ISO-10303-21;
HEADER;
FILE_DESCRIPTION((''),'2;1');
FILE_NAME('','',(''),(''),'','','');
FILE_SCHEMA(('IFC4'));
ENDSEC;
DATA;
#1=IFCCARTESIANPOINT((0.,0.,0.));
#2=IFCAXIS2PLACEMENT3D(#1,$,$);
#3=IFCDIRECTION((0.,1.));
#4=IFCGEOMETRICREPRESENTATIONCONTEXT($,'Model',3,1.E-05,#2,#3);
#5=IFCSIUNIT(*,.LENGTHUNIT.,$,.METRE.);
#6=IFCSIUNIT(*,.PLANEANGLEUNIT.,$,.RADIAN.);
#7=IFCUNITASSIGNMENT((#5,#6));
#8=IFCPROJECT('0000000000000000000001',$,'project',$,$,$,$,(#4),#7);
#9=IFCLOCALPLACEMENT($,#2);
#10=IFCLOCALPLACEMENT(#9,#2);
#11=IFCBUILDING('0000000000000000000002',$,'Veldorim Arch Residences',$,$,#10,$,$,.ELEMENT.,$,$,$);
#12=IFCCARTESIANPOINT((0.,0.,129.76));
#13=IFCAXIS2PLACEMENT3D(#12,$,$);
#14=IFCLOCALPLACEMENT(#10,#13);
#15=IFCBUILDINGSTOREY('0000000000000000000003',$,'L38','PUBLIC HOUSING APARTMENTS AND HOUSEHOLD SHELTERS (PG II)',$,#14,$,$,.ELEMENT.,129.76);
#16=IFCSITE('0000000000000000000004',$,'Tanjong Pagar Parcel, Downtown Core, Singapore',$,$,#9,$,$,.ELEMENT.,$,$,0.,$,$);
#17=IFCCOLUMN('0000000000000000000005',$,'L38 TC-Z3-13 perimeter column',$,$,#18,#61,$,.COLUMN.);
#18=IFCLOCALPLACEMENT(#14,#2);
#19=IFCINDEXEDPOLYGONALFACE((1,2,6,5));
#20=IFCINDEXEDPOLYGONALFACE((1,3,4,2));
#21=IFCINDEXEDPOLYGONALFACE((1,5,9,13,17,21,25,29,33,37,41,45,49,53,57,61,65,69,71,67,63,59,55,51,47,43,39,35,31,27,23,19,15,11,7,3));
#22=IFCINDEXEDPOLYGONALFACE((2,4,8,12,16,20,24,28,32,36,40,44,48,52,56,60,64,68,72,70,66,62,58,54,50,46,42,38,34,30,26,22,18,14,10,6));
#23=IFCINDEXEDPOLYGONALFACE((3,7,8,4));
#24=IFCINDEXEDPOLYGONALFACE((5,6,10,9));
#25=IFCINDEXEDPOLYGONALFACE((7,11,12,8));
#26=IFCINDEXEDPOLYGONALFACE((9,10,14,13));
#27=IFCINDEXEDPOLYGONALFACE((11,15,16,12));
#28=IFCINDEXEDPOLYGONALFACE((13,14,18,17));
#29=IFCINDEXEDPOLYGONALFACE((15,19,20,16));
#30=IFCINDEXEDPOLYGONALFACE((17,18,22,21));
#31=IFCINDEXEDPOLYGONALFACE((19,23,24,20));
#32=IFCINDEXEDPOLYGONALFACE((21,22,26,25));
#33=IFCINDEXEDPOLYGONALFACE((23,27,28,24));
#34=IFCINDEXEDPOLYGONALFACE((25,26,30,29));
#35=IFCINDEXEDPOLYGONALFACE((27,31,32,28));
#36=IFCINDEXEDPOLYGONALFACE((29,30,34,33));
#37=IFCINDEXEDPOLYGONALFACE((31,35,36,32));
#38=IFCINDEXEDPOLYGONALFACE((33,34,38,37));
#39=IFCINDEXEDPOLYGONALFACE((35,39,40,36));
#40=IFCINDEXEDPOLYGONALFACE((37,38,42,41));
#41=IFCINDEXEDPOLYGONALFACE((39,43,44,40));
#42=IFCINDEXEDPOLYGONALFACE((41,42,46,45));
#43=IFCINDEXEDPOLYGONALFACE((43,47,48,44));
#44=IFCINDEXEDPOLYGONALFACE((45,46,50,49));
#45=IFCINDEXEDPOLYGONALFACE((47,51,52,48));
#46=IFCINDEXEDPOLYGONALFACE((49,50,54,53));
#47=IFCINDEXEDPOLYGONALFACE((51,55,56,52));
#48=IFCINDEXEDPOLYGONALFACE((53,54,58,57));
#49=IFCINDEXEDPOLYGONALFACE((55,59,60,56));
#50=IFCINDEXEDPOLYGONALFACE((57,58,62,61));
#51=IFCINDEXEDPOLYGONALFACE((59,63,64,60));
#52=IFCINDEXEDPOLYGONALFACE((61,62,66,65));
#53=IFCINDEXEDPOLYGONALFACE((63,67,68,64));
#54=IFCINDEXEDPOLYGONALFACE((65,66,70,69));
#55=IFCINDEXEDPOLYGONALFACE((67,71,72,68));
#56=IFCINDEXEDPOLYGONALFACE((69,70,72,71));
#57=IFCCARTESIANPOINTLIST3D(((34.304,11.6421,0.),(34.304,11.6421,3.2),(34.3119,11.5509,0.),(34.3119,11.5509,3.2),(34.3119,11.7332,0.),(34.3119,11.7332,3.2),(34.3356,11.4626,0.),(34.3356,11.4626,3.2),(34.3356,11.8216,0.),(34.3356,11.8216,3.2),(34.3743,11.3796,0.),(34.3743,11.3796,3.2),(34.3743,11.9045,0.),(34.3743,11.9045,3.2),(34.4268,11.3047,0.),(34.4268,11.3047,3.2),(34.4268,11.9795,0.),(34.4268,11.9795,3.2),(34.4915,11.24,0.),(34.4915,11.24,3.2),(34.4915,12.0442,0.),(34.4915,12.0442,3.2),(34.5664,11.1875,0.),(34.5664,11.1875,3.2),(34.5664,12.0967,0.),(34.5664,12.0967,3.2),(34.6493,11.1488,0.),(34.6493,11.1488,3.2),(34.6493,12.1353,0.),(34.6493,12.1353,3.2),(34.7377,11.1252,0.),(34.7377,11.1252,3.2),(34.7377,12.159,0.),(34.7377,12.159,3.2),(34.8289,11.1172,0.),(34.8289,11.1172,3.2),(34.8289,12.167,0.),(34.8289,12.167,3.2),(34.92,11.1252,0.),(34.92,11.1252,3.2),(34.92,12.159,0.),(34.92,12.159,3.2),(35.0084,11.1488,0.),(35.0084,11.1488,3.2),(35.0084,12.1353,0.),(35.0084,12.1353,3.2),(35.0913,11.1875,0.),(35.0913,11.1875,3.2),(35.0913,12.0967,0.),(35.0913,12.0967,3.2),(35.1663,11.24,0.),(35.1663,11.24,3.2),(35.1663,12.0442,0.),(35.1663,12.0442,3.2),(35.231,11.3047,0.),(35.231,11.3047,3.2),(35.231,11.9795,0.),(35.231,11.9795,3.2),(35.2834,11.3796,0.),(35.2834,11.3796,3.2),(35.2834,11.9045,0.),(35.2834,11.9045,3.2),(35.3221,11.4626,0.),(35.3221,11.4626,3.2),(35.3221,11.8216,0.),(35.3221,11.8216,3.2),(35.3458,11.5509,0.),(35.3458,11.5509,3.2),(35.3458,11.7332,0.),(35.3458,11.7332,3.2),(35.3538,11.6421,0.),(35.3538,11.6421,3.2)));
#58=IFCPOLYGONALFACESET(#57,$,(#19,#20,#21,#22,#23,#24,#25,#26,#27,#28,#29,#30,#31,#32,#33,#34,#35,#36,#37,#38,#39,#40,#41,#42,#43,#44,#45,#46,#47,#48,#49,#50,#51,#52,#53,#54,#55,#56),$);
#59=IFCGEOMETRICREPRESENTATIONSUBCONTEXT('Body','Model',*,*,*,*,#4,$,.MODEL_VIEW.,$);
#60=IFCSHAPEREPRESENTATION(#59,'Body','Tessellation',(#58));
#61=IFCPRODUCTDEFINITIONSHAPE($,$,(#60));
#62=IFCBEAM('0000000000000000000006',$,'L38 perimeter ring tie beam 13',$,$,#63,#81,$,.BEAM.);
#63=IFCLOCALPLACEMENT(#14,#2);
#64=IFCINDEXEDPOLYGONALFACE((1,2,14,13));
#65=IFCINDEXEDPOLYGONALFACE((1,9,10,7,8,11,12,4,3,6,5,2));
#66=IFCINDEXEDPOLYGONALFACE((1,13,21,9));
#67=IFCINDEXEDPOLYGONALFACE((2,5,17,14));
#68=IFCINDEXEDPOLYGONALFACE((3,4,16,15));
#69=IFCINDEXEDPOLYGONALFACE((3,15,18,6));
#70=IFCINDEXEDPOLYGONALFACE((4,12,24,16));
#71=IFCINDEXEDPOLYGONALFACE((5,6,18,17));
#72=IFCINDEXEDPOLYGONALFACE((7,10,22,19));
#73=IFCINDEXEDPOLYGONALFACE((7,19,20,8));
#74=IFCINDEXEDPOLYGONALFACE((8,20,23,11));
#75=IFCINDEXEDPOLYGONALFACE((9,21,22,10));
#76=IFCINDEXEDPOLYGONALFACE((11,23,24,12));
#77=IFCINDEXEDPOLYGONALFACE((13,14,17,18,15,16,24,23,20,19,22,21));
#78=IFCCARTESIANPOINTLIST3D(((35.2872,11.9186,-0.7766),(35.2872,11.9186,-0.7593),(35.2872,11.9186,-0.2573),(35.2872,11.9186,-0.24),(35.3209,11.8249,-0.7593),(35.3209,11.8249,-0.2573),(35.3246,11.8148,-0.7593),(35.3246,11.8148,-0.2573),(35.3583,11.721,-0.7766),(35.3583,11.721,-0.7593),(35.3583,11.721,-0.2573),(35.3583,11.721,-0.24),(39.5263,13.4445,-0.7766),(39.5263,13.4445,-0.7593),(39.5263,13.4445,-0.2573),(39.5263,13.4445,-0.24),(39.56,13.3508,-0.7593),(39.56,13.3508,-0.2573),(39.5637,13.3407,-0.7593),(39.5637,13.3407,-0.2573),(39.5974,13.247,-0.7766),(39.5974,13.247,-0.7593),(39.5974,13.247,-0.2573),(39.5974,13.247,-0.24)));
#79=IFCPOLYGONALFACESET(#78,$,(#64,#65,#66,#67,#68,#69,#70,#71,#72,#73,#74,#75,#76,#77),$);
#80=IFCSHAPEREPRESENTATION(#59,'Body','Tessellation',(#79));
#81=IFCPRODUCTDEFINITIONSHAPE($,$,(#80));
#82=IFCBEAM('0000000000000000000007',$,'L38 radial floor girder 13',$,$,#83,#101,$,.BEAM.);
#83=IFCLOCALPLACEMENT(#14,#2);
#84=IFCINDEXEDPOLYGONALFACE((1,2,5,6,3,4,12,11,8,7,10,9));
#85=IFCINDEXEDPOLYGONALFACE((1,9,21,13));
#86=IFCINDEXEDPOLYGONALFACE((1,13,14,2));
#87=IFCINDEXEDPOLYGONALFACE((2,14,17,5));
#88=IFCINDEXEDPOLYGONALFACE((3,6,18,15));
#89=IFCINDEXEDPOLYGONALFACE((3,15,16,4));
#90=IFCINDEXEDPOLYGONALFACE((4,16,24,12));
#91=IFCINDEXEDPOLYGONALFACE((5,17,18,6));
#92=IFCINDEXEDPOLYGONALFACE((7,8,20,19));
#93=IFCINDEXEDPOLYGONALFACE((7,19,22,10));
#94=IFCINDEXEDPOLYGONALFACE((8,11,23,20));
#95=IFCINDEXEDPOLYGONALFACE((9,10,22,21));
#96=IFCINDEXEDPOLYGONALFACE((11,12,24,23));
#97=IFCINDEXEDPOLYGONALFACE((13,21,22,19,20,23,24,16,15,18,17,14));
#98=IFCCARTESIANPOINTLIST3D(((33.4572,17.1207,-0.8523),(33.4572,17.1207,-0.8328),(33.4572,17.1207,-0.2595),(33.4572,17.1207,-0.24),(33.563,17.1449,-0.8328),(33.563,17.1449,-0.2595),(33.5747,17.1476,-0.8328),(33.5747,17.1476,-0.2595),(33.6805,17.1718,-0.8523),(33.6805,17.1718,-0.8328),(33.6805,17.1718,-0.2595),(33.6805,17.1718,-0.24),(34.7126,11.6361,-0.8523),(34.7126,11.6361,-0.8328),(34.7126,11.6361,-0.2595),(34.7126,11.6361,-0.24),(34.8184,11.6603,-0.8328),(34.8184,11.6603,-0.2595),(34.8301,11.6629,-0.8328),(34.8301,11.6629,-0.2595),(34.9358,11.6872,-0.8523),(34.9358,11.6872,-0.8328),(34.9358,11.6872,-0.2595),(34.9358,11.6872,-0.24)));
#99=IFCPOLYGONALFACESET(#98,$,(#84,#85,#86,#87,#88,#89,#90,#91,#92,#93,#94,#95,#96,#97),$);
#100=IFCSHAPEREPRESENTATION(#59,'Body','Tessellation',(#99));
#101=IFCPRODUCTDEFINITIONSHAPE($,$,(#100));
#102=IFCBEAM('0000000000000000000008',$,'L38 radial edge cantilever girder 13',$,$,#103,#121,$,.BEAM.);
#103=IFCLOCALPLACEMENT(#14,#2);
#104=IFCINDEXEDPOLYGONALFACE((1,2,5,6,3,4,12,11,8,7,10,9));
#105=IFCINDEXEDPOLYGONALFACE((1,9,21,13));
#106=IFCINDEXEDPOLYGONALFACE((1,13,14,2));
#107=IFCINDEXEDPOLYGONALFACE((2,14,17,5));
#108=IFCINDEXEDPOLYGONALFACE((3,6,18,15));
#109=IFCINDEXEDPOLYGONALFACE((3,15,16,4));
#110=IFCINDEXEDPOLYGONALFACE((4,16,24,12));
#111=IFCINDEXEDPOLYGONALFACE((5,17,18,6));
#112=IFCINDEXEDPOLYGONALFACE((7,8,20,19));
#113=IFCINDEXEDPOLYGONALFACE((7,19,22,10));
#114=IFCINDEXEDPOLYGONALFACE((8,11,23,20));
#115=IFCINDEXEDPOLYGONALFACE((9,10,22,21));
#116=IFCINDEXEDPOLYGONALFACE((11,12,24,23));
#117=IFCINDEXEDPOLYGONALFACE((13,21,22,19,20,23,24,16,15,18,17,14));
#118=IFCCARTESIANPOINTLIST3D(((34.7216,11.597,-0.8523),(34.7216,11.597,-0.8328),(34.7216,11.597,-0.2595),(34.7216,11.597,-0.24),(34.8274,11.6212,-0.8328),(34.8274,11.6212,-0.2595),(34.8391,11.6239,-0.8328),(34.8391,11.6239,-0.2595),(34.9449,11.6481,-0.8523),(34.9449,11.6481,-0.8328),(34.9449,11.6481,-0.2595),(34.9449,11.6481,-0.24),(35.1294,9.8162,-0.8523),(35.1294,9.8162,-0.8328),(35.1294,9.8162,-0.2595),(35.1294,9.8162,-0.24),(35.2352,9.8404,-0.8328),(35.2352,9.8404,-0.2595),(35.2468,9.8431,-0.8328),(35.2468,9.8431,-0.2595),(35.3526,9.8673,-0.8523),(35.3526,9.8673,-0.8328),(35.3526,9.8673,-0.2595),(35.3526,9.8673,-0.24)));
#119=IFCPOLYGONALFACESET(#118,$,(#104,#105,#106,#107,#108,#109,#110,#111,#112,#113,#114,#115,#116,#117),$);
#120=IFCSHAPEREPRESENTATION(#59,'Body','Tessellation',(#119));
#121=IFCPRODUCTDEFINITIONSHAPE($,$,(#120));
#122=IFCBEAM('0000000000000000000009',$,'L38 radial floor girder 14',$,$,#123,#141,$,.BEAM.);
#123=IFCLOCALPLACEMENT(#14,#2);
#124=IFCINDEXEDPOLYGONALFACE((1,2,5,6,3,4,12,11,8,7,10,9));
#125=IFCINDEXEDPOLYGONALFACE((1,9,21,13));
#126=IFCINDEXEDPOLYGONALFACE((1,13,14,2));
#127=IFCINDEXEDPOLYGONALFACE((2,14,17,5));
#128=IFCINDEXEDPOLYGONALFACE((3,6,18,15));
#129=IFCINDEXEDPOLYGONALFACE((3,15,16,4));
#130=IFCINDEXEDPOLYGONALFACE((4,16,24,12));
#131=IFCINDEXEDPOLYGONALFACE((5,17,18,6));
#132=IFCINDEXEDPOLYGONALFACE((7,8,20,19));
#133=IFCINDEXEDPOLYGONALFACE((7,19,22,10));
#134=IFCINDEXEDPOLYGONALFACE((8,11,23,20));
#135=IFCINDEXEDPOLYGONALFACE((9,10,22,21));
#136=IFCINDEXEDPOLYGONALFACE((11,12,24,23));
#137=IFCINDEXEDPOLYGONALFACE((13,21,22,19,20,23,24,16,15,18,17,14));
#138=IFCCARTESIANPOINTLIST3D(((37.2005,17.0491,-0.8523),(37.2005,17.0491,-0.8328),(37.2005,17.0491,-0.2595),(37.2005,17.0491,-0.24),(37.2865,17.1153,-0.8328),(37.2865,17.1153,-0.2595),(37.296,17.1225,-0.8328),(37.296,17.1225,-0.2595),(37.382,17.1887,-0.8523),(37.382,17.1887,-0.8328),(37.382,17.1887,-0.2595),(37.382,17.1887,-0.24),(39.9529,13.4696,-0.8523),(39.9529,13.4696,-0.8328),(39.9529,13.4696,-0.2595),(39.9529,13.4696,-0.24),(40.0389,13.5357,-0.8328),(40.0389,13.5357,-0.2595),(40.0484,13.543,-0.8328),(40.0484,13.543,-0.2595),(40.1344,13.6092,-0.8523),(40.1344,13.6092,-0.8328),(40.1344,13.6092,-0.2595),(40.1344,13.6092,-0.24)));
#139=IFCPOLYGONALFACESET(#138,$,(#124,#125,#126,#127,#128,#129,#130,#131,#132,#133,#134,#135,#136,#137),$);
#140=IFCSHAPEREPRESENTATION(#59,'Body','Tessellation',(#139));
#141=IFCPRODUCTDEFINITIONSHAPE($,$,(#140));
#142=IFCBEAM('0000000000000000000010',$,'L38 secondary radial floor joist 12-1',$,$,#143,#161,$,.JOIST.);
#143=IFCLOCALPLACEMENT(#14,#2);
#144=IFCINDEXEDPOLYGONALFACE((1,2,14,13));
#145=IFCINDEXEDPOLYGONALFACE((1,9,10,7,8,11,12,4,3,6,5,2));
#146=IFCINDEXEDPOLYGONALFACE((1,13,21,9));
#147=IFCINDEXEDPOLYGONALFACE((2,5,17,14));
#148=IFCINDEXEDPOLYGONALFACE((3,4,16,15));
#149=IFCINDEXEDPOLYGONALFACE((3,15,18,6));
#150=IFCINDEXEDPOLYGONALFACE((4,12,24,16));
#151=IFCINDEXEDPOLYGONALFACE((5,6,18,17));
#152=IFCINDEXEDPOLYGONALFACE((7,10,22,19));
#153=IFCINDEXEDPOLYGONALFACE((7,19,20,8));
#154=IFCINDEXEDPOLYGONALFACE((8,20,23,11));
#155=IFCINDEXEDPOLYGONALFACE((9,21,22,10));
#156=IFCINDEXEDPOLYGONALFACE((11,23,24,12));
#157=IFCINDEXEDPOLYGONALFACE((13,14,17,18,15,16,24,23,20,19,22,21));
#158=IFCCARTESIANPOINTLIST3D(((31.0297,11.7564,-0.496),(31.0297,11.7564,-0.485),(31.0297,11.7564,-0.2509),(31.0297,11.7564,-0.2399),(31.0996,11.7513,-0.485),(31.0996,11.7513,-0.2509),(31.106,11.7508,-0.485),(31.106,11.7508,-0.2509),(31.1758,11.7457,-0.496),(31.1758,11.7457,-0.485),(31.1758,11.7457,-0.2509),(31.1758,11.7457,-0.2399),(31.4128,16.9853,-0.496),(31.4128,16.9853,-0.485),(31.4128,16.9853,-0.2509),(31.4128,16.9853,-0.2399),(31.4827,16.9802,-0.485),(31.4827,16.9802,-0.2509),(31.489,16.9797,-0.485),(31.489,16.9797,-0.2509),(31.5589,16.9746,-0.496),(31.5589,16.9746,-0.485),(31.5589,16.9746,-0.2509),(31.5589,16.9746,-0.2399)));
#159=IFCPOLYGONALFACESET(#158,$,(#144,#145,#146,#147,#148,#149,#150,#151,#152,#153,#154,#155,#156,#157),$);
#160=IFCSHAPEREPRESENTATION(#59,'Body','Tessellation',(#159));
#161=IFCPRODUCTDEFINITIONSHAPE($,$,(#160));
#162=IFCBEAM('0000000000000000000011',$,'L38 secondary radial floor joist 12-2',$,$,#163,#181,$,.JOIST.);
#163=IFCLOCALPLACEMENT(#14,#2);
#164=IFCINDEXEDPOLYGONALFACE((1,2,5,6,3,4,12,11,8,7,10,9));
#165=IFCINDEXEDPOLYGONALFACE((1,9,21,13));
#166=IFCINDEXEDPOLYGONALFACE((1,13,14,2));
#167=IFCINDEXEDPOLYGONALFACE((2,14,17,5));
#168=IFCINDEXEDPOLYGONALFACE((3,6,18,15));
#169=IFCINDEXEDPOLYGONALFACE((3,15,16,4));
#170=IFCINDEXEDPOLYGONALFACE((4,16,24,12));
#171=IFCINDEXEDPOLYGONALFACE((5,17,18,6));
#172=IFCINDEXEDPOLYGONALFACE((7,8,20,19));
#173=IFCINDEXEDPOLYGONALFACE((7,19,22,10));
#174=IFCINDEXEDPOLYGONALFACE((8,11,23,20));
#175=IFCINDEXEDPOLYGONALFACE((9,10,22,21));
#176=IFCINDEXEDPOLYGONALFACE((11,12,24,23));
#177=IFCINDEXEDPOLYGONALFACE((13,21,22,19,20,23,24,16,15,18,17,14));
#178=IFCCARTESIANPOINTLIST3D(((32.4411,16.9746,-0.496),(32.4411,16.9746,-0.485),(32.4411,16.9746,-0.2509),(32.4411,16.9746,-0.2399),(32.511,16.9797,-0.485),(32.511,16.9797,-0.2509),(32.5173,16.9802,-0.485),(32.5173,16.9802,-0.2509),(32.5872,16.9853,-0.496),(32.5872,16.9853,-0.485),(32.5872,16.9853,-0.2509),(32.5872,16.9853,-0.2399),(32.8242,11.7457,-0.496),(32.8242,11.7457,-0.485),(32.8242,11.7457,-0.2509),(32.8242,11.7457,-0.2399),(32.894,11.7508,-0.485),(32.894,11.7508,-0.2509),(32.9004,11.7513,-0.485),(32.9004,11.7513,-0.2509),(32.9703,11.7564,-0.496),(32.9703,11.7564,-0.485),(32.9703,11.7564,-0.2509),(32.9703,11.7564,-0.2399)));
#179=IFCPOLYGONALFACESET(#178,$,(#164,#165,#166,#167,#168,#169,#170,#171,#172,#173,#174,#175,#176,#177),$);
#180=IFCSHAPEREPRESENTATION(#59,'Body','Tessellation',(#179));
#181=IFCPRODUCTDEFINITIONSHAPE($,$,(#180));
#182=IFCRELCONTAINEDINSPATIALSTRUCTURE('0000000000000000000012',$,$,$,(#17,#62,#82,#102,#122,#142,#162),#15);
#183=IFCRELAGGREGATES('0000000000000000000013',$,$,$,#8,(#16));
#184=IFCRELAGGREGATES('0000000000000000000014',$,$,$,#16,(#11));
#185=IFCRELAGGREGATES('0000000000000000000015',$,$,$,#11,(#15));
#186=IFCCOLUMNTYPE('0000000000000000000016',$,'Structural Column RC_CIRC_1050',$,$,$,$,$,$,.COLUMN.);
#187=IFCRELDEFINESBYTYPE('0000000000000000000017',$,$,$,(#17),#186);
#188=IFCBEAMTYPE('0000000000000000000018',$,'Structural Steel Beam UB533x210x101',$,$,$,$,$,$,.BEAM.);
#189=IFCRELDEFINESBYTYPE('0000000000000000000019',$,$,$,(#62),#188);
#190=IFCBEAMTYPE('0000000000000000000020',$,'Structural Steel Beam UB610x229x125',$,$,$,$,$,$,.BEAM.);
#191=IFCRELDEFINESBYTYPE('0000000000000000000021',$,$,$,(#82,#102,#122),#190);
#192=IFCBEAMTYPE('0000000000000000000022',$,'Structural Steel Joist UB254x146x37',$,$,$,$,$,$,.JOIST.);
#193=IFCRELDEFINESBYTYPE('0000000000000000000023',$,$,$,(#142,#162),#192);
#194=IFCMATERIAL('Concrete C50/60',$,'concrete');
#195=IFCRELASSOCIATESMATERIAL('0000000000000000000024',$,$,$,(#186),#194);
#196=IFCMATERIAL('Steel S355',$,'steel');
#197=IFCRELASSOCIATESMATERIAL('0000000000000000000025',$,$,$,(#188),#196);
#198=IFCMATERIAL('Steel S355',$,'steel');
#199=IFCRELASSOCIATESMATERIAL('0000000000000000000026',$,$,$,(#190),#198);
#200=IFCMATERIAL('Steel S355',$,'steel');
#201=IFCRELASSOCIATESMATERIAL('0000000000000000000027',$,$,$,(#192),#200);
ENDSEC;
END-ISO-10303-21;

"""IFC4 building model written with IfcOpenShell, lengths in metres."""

from ifc_helpers import new_model, si_unit, direction, frame, origin, origin_2d, place, context, subcontext, project, spatial, circle, i_section, extrude, material, material_profile, profile_set, type_object, element, save


model = new_model("IFC4")

# Units and contexts
model_context = context("Model", 3, precision=1e-05, world=origin(), true_north=direction((0.0, 1.0)))
body_context = subcontext(model_context, "Body", "Model", "MODEL_VIEW")
ifc_project = project(units=[si_unit("LENGTHUNIT", "METRE"), si_unit("PLANEANGLEUNIT", "RADIAN")], contexts=[model_context])

# Site, building, storey
site_placement = place(None, origin())
site = spatial("IfcSite", under=ifc_project, at=site_placement, Name="Tanjong Pagar Parcel, Downtown Core, Singapore", CompositionType="ELEMENT", RefElevation=0.0)
building_placement = place(site_placement, origin())
building = spatial("IfcBuilding", under=site, at=building_placement, Name="Veldorim Arch Residences", CompositionType="ELEMENT")
storey_placement = place(building_placement, frame((0.0, 0.0, 129.76)))
storey = spatial("IfcBuildingStorey", under=building, at=storey_placement, Name="L38", Description="PUBLIC HOUSING APARTMENTS AND HOUSEHOLD SHELTERS (PG II)", CompositionType="ELEMENT", Elevation=129.76)

# Column
ifc_material_1 = material(Name="Concrete C50/60", Category="concrete")
ifc_material_profile_1 = material_profile(ifc_material_1, circle(Radius=0.5249, at=origin_2d()), Name="RC_CIRC_1050")
ifc_profile_set_1 = profile_set([ifc_material_profile_1], Name="Concrete C50/60")
column_type = type_object("IfcColumnType", Name="Structural Column RC_CIRC_1050", PredefinedType="COLUMN", material=ifc_profile_set_1)
column_placement = place(storey_placement, frame((34.8289, 11.6421, 0.0), z_axis=(0.0, 0.0, 1.0), x_axis=(1.0, 0.0, 0.0)))
element("IfcColumn", 1, at=column_placement, inside=storey, type_object=column_type, Name="L38 TC-Z3-13 perimeter column", PredefinedType="COLUMN", context=body_context, shape_type="SweptSolid", body=[
    extrude(circle(Radius=0.5249, at=origin_2d()), origin(), (0.0, 0.0, 1.0), 3.2),
])

# Beams
ifc_material_2 = material(Name="Steel S355", Category="steel")
ifc_material_profile_2 = material_profile(ifc_material_2, i_section(OverallWidth=0.21, OverallDepth=0.5366, WebThickness=0.0107, FlangeThickness=0.0173, at=origin_2d()), Name="UB533x210x101")
ifc_profile_set_2 = profile_set([ifc_material_profile_2], Name="Steel S355")
beam_type_1 = type_object("IfcBeamType", Name="Structural Steel Beam UB533x210x101", PredefinedType="BEAM", material=ifc_profile_set_2)
beam_1_placement = place(storey_placement, frame((35.3228, 11.8198, -0.5083), z_axis=(0.940899, 0.338687, 0.0), x_axis=(-0.338687, 0.940899, 0.0)))
element("IfcBeam", 2, at=beam_1_placement, inside=storey, type_object=beam_type_1, Name="L38 perimeter ring tie beam 13", PredefinedType="BEAM", context=body_context, shape_type="SweptSolid", body=[
    extrude(i_section(OverallWidth=0.21, OverallDepth=0.5366, WebThickness=0.0107, FlangeThickness=0.0173, at=origin_2d()), origin(), (0.0, 0.0, 1.0), 4.5054),
])
ifc_material_3 = material(Name="Steel S355", Category="steel")
ifc_material_profile_3 = material_profile(ifc_material_3, i_section(OverallWidth=0.229, OverallDepth=0.6123, WebThickness=0.012, FlangeThickness=0.0195, at=origin_2d()), Name="UB610x229x125")
ifc_profile_set_3 = profile_set([ifc_material_profile_3], Name="Steel S355")
beam_type_2 = type_object("IfcBeamType", Name="Structural Steel Beam UB610x229x125", PredefinedType="BEAM", material=ifc_profile_set_3)
beam_2_placement = place(storey_placement, frame((33.5688, 17.1462, -0.5461), z_axis=(0.223119, -0.974791, 0.0), x_axis=(0.974791, 0.223119, 0.0)))
element("IfcBeam", 3, at=beam_2_placement, inside=storey, type_object=beam_type_2, Name="L38 radial floor girder 13", PredefinedType="BEAM", context=body_context, shape_type="SweptSolid", body=[
    extrude(i_section(OverallWidth=0.229, OverallDepth=0.6123, WebThickness=0.012, FlangeThickness=0.0195, at=origin_2d()), origin(), (0.0, 0.0, 1.0), 5.6265),
])
beam_3_placement = place(storey_placement, frame((34.8333, 11.6226, -0.5461), z_axis=(0.22318, -0.974777, 0.0), x_axis=(0.974777, 0.22318, 0.0)))
element("IfcBeam", 4, at=beam_3_placement, inside=storey, type_object=beam_type_2, Name="L38 radial edge cantilever girder 13", PredefinedType="BEAM", context=body_context, shape_type="SweptSolid", body=[
    extrude(i_section(OverallWidth=0.229, OverallDepth=0.6123, WebThickness=0.012, FlangeThickness=0.0195, at=origin_2d()), origin(), (0.0, 0.0, 1.0), 1.8269),
])
beam_4_placement = place(storey_placement, frame((37.2913, 17.1189, -0.5461), z_axis=(0.609559, -0.792741, 0.0), x_axis=(0.792741, 0.609559, 0.0)))
element("IfcBeam", 5, at=beam_4_placement, inside=storey, type_object=beam_type_2, Name="L38 radial floor girder 14", PredefinedType="BEAM", context=body_context, shape_type="SweptSolid", body=[
    extrude(i_section(OverallWidth=0.229, OverallDepth=0.6123, WebThickness=0.012, FlangeThickness=0.0195, at=origin_2d()), origin(), (0.0, 0.0, 1.0), 4.5154),
])
ifc_material_4 = material(Name="Steel S355", Category="steel")
ifc_material_profile_4 = material_profile(ifc_material_4, i_section(OverallWidth=0.1465, OverallDepth=0.2561, WebThickness=0.0063, FlangeThickness=0.011, at=origin_2d()), Name="UB254x146x37")
ifc_profile_set_4 = profile_set([ifc_material_profile_4], Name="Steel S355")
beam_type_3 = type_object("IfcBeamType", Name="Structural Steel Joist UB254x146x37", PredefinedType="JOIST", material=ifc_profile_set_4)
for number, where, z_axis, x_axis, name in (
    (6, (31.4858, 16.98, -0.3679), (-0.07306, -0.997328, 0.0), (0.997328, -0.07306, 0.0), "L38 secondary radial floor joist 12-1"),
    (7, (32.5142, 16.98, -0.3679), (0.07306, -0.997328, 0.0), (0.997328, 0.07306, 0.0), "L38 secondary radial floor joist 12-2"),
):
    element("IfcBeam", number, at=place(storey_placement, frame(where, z_axis=z_axis, x_axis=x_axis)), inside=storey, type_object=beam_type_3, Name=name, PredefinedType="JOIST", context=body_context, shape_type="SweptSolid", body=[
        extrude(i_section(OverallWidth=0.1465, OverallDepth=0.2561, WebThickness=0.0063, FlangeThickness=0.011, at=origin_2d()), origin(), (0.0, 0.0, 1.0), 5.2429),
    ])

save(model, "model.ifc")
